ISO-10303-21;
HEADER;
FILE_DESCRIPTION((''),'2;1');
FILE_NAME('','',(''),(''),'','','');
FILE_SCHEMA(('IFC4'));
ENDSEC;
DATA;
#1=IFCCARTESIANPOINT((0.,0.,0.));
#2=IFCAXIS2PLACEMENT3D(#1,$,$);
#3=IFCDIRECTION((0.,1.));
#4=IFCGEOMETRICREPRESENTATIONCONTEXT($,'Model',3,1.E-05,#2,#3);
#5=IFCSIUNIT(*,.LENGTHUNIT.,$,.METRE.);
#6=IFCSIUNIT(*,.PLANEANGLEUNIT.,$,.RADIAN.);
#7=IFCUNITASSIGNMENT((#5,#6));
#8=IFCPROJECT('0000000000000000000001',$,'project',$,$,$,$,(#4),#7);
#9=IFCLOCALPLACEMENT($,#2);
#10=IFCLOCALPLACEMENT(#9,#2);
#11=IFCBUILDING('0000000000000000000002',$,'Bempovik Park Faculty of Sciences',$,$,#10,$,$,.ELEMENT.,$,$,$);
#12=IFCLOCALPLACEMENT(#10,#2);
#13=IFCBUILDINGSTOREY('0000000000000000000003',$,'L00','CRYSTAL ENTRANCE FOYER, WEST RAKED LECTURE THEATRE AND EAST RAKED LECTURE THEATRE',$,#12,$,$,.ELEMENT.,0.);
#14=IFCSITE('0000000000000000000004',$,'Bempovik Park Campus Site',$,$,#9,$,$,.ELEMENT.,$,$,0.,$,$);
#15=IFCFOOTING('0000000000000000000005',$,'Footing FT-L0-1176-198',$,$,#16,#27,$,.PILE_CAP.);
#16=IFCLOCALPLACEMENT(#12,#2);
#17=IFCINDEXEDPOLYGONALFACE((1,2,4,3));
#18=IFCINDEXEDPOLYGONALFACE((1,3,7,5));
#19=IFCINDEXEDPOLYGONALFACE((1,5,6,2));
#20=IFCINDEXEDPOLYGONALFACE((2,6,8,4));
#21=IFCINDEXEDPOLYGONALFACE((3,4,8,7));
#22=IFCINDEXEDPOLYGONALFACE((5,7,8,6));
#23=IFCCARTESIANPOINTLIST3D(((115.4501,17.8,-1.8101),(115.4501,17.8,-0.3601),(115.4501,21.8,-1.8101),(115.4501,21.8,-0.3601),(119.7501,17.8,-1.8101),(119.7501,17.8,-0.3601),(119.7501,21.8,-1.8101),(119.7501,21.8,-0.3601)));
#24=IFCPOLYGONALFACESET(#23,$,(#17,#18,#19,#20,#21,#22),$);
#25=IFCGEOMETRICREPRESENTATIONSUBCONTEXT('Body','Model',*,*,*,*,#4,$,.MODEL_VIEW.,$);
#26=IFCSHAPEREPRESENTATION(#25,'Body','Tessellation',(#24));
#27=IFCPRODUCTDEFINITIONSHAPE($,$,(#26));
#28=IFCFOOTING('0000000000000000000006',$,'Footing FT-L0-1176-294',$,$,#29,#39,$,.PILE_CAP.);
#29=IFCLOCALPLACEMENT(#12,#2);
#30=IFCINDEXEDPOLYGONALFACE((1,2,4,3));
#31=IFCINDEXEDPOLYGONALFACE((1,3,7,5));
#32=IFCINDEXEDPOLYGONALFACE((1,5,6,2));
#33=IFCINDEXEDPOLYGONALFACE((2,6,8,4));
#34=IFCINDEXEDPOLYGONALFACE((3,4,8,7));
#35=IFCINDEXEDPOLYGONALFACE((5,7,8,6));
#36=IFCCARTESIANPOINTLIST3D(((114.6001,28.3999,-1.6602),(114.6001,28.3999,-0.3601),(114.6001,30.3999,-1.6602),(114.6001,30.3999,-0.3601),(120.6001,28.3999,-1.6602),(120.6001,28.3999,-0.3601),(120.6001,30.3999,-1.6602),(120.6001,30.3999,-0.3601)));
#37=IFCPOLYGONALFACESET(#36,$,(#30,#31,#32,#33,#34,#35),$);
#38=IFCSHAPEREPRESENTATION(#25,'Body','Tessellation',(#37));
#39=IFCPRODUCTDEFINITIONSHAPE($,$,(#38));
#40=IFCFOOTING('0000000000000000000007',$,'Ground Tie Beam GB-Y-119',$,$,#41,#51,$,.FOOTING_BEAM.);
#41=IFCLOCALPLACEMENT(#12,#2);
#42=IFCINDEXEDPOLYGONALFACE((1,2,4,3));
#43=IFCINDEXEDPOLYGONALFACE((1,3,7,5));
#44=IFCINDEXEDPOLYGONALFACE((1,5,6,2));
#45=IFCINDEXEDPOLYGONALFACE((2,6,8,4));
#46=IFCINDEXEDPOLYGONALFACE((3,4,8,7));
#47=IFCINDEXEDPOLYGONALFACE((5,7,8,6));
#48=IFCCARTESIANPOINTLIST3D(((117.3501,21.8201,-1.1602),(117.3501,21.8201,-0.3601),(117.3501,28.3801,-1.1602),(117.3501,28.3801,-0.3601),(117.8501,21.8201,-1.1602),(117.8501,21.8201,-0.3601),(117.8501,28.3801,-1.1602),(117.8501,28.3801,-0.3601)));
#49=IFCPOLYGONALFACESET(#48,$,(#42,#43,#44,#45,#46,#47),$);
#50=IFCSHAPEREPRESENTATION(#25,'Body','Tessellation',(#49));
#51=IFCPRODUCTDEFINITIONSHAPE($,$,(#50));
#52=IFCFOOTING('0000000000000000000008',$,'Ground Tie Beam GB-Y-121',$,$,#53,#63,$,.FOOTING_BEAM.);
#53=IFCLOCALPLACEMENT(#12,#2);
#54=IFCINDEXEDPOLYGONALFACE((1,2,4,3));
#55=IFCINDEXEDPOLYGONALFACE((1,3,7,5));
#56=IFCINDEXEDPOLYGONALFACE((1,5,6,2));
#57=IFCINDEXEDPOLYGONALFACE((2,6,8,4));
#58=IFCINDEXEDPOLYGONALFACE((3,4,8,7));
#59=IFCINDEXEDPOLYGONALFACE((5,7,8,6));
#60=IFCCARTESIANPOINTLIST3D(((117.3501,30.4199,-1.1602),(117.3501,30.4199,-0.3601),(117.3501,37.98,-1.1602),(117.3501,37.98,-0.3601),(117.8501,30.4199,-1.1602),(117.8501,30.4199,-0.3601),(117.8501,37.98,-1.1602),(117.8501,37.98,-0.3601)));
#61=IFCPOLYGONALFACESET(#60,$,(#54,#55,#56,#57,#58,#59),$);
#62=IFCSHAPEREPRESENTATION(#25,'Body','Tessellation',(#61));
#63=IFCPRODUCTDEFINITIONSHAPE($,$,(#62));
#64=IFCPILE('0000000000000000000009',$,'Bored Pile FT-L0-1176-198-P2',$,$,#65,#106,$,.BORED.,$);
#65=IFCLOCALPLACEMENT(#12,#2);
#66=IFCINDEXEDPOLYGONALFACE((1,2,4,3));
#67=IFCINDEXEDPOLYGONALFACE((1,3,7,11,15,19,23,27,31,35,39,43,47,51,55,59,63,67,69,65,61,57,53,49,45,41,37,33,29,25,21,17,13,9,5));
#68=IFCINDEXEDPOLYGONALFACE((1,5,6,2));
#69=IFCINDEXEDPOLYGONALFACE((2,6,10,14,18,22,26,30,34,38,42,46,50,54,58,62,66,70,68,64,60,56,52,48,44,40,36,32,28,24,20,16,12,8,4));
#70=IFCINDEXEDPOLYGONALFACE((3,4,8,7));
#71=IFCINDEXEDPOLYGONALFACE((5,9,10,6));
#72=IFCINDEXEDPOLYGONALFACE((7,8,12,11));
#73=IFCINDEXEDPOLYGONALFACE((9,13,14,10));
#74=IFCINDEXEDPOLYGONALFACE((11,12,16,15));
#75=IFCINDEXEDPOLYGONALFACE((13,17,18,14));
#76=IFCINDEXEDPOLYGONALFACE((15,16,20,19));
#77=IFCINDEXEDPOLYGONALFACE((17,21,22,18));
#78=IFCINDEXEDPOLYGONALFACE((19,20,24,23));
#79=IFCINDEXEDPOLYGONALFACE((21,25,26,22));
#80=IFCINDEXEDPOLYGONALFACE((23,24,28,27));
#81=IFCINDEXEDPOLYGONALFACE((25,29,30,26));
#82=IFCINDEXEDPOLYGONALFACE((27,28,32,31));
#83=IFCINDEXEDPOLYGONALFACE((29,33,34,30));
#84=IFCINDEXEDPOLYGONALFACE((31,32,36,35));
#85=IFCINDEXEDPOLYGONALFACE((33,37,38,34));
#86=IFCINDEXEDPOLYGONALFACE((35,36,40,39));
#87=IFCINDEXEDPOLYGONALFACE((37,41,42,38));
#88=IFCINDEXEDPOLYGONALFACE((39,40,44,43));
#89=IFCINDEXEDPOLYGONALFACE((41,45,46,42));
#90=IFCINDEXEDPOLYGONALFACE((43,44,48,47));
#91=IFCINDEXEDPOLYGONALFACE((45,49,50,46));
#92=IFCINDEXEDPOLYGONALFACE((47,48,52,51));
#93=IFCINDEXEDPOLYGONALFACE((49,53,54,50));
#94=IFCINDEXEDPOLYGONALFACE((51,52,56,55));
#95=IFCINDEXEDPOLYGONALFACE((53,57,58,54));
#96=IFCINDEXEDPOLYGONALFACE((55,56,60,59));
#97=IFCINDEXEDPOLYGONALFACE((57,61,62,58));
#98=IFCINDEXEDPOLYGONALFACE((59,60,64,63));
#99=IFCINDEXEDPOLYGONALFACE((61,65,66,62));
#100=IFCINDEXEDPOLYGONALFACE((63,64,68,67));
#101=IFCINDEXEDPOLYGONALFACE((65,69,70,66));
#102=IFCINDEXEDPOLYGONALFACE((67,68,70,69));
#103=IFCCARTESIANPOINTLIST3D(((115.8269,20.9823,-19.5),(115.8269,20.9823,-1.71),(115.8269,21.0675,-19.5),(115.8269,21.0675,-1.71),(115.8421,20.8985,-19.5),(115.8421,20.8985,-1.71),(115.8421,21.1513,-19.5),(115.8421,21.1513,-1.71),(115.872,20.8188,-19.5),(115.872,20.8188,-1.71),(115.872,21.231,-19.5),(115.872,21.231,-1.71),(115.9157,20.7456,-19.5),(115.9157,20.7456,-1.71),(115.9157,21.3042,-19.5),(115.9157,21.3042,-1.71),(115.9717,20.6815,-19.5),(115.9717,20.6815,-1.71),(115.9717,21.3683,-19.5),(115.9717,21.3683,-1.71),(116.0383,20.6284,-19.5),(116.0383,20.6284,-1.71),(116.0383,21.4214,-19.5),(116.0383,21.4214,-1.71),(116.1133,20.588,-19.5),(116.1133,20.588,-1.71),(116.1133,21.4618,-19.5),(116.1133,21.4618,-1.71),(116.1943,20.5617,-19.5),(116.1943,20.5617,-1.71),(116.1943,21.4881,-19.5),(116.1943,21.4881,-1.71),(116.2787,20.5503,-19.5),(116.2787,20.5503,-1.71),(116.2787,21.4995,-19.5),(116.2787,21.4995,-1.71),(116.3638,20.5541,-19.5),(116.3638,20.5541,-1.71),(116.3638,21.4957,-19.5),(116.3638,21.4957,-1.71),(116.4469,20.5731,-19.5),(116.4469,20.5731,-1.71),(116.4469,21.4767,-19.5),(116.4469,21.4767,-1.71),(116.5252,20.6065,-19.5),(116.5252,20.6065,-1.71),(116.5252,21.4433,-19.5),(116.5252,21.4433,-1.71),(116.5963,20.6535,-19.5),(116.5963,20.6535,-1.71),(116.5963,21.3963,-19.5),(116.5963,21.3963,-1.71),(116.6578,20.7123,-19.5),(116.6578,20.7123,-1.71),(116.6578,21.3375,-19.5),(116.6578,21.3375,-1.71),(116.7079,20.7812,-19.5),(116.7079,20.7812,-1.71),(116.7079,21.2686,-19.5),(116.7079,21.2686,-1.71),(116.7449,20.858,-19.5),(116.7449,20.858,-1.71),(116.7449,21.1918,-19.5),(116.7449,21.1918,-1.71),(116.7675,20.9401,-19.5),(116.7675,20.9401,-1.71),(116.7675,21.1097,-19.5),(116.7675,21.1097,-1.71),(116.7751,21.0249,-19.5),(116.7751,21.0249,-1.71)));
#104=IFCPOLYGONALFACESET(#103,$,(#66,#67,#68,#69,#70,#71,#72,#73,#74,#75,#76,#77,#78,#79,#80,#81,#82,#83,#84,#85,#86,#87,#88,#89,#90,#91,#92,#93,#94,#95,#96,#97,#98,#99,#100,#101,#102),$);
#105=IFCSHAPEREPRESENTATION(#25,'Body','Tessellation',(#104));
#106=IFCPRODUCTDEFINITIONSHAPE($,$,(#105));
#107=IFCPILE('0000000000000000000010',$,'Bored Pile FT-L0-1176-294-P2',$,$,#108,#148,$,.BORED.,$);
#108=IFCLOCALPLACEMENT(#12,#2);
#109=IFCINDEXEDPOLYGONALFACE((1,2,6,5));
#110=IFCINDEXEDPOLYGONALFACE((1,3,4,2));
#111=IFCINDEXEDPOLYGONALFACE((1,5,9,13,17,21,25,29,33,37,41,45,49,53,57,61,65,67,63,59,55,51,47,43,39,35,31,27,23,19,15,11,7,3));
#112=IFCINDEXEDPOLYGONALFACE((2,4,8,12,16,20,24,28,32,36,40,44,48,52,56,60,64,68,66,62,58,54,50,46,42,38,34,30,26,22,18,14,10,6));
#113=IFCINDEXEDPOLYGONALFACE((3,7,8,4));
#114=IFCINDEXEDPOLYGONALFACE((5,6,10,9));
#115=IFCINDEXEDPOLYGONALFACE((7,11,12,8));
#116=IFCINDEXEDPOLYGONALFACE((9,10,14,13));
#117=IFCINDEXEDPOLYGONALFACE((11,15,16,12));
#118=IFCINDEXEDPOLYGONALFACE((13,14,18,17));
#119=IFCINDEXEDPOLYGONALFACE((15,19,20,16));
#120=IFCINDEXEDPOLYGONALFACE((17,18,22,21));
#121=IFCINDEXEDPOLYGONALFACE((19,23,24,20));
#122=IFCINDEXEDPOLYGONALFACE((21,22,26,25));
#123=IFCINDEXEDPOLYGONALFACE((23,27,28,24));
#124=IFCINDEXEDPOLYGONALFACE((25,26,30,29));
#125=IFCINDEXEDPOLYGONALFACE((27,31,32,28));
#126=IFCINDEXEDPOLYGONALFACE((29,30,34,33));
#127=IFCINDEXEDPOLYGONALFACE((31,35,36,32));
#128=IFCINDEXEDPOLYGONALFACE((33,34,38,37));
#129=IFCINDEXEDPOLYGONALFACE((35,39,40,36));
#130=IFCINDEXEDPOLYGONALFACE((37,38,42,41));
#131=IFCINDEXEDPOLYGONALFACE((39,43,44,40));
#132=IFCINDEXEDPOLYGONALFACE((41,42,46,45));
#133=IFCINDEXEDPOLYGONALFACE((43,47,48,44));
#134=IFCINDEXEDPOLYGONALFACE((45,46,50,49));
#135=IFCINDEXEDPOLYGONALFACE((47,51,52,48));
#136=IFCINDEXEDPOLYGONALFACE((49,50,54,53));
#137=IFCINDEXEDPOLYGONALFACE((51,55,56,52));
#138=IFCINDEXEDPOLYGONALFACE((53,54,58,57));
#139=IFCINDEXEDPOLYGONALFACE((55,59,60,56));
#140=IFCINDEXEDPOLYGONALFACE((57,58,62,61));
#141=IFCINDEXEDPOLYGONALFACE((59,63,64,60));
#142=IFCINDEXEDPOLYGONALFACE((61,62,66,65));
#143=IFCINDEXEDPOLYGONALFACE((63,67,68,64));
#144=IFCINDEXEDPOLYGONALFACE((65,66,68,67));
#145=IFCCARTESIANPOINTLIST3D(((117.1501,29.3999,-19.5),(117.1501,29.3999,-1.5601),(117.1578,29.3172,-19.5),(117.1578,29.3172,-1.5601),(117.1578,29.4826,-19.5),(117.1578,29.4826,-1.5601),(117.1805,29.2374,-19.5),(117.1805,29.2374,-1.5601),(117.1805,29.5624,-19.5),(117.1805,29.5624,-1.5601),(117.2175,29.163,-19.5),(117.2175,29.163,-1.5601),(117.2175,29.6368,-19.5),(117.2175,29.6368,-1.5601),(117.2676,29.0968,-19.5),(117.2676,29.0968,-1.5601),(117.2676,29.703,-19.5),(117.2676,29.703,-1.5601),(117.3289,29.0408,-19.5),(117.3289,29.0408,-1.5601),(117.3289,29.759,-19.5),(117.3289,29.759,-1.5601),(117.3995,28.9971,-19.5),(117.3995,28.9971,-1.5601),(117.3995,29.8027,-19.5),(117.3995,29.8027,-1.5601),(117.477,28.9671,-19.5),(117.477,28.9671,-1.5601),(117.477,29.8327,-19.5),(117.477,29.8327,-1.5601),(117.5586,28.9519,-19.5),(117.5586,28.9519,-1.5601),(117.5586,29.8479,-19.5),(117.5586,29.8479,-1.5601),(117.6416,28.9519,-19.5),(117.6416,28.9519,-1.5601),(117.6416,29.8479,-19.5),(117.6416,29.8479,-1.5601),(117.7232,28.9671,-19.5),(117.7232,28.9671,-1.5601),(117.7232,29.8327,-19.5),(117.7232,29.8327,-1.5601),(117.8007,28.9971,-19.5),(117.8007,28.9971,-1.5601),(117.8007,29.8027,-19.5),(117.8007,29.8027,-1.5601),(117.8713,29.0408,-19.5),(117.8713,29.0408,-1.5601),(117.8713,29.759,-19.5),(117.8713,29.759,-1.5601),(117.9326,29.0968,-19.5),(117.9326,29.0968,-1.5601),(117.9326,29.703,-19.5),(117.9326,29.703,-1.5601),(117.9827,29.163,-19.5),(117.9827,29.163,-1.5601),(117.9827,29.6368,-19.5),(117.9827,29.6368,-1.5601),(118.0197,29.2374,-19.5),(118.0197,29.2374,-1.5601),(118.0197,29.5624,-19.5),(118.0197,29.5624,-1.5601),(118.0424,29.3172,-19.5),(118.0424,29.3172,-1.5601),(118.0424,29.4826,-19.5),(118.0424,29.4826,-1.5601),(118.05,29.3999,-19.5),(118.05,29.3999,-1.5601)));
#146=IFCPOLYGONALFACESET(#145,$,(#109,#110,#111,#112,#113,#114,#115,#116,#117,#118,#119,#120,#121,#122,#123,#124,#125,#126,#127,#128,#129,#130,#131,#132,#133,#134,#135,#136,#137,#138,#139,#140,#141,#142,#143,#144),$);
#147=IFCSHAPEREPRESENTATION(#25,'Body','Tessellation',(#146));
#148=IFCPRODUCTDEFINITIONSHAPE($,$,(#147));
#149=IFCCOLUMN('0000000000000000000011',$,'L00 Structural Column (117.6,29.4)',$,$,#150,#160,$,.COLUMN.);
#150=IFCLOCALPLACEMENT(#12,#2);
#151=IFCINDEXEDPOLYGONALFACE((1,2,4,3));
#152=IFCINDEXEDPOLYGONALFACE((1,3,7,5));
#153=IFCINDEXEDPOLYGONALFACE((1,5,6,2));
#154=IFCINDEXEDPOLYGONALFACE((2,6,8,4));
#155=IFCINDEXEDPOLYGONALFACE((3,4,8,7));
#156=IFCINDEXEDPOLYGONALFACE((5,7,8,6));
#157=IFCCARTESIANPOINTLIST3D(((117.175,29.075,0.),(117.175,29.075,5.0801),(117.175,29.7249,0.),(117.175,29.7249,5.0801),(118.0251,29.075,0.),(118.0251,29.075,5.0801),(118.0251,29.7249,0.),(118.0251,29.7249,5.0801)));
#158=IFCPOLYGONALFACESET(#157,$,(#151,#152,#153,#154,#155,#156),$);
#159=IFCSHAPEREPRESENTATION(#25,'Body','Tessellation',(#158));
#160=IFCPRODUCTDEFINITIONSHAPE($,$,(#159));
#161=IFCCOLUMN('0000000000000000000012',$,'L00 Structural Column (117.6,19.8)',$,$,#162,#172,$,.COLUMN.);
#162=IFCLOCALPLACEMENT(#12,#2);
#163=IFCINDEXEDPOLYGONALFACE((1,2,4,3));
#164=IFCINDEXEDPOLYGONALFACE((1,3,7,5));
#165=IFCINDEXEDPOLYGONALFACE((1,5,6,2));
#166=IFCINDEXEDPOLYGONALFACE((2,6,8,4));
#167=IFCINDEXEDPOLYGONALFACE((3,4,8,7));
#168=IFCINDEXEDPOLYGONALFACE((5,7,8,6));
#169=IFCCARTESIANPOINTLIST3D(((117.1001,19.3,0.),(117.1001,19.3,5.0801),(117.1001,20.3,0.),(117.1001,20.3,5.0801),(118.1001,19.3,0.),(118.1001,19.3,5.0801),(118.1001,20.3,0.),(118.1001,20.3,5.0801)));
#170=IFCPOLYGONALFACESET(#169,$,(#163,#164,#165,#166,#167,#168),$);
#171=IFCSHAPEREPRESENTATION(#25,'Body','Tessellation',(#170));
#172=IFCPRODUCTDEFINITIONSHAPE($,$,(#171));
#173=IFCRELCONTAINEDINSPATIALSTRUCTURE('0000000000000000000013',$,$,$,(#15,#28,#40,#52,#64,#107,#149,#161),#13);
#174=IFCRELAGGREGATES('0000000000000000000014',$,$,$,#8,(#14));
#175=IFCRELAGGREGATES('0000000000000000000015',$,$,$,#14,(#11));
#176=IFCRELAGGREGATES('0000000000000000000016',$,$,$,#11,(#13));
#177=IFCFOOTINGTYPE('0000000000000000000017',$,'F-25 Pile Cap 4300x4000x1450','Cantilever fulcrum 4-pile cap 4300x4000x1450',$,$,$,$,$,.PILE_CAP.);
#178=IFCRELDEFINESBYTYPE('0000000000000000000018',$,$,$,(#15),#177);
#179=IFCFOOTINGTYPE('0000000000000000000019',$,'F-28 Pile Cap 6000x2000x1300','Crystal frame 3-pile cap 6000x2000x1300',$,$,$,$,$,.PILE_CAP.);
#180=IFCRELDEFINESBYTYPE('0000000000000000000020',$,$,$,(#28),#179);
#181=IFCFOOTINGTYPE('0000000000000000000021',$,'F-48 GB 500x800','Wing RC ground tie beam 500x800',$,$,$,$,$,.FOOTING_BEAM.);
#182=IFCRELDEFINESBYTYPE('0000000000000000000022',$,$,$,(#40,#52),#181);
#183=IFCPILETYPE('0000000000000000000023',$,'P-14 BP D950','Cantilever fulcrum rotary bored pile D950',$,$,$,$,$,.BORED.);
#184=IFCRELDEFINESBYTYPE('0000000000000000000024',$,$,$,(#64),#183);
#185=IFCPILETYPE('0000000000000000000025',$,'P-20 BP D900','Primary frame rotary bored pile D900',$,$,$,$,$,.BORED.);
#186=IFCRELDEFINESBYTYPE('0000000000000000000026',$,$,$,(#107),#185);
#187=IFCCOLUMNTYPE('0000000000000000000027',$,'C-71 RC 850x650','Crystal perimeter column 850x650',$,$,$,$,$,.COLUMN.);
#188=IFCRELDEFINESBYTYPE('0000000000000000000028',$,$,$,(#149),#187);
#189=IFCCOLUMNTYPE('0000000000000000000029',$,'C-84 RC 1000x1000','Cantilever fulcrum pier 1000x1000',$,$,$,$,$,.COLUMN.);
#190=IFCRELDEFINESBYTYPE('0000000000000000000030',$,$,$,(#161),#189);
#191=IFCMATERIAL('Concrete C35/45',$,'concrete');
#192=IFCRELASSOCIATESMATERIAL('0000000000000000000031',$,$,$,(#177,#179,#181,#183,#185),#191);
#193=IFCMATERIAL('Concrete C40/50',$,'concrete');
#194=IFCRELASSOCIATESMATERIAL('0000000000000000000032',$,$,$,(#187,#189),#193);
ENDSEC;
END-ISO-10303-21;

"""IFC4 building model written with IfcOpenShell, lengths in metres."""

from ifc_helpers import new_model, si_unit, direction, frame, origin, origin_2d, place, context, subcontext, project, spatial, rectangle, circle, extrude, material, material_profile, profile_set, type_object, element, save


model = new_model("IFC4")

# Units and contexts
model_context = context("Model", 3, precision=1e-05, world=origin(), true_north=direction((0.0, 1.0)))
body_context = subcontext(model_context, "Body", "Model", "MODEL_VIEW")
ifc_project = project(units=[si_unit("LENGTHUNIT", "METRE"), si_unit("PLANEANGLEUNIT", "RADIAN")], contexts=[model_context])

# Site, building, storey
site_placement = place(None, origin())
site = spatial("IfcSite", under=ifc_project, at=site_placement, Name="Bempovik Park Campus Site", CompositionType="ELEMENT", RefElevation=0.0)
building_placement = place(site_placement, origin())
building = spatial("IfcBuilding", under=site, at=building_placement, Name="Bempovik Park Faculty of Sciences", CompositionType="ELEMENT")
storey_placement = place(building_placement, origin())
storey = spatial("IfcBuildingStorey", under=building, at=storey_placement, Name="L00", Description="CRYSTAL ENTRANCE FOYER, WEST RAKED LECTURE THEATRE AND EAST RAKED LECTURE THEATRE", CompositionType="ELEMENT", Elevation=0.0)

# Footings
ifc_material_1 = material(Name="Concrete C35/45", Category="concrete")
footing_type_1 = type_object("IfcFootingType", Name="F-25 Pile Cap 4300x4000x1450", Description="Cantilever fulcrum 4-pile cap 4300x4000x1450", PredefinedType="PILE_CAP", material=ifc_material_1)
footing_1_placement = place(storey_placement, frame((117.6001, 19.8, -1.8101), z_axis=(0.0, 0.0, 1.0), x_axis=(1.0, 0.0, 0.0)))
element("IfcFooting", 1, at=footing_1_placement, inside=storey, type_object=footing_type_1, Name="Footing FT-L0-1176-198", PredefinedType="PILE_CAP", context=body_context, shape_type="SweptSolid", body=[
    extrude(rectangle(XDim=4.3, YDim=4.0, at=origin_2d()), origin(), (0.0, 0.0, 1.0), 1.45),
])
footing_type_2 = type_object("IfcFootingType", Name="F-28 Pile Cap 6000x2000x1300", Description="Crystal frame 3-pile cap 6000x2000x1300", PredefinedType="PILE_CAP", material=ifc_material_1)
footing_2_placement = place(storey_placement, frame((117.6001, 29.3999, -1.6602), z_axis=(0.0, 0.0, 1.0), x_axis=(1.0, 0.0, 0.0)))
element("IfcFooting", 2, at=footing_2_placement, inside=storey, type_object=footing_type_2, Name="Footing FT-L0-1176-294", PredefinedType="PILE_CAP", context=body_context, shape_type="SweptSolid", body=[
    extrude(rectangle(XDim=6.0, YDim=2.0, at=origin_2d()), origin(), (0.0, 0.0, 1.0), 1.3),
])
footing_type_3 = type_object("IfcFootingType", Name="F-48 GB 500x800", Description="Wing RC ground tie beam 500x800", PredefinedType="FOOTING_BEAM", material=ifc_material_1)
footing_3_placement = place(storey_placement, frame((117.6001, 25.1001, -1.1602), z_axis=(0.0, 0.0, 1.0), x_axis=(1.0, 0.0, 0.0)))
element("IfcFooting", 3, at=footing_3_placement, inside=storey, type_object=footing_type_3, Name="Ground Tie Beam GB-Y-119", PredefinedType="FOOTING_BEAM", context=body_context, shape_type="SweptSolid", body=[
    extrude(rectangle(XDim=0.5, YDim=6.5601, at=origin_2d()), origin(), (0.0, 0.0, 1.0), 0.8),
])
footing_4_placement = place(storey_placement, frame((117.6001, 34.2, -1.1602), z_axis=(0.0, 0.0, 1.0), x_axis=(1.0, 0.0, 0.0)))
element("IfcFooting", 4, at=footing_4_placement, inside=storey, type_object=footing_type_3, Name="Ground Tie Beam GB-Y-121", PredefinedType="FOOTING_BEAM", context=body_context, shape_type="SweptSolid", body=[
    extrude(rectangle(XDim=0.5, YDim=7.5601, at=origin_2d()), origin(), (0.0, 0.0, 1.0), 0.8),
])

# Piles
ifc_material_profile_1 = material_profile(ifc_material_1, circle(Radius=0.4751, at=origin_2d()), Name="BP D950")
ifc_profile_set_1 = profile_set([ifc_material_profile_1], Name="Concrete C35/45")
pile_type_1 = type_object("IfcPileType", Name="P-14 BP D950", Description="Cantilever fulcrum rotary bored pile D950", PredefinedType="BORED", material=ifc_profile_set_1)
pile_1_placement = place(storey_placement, frame((116.3, 21.0249, -1.71), z_axis=(0.0, 0.0, -1.0), x_axis=(1.0, 0.0, 0.0)))
element("IfcPile", 5, at=pile_1_placement, inside=storey, type_object=pile_type_1, Name="Bored Pile FT-L0-1176-198-P2", PredefinedType="BORED", context=body_context, shape_type="SweptSolid", body=[
    extrude(circle(Radius=0.4751, at=origin_2d()), origin(), (0.0, 0.0, 1.0), 17.79),
])
ifc_material_profile_2 = material_profile(ifc_material_1, circle(Radius=0.45, at=origin_2d()), Name="BP D900")
ifc_profile_set_2 = profile_set([ifc_material_profile_2], Name="Concrete C35/45")
pile_type_2 = type_object("IfcPileType", Name="P-20 BP D900", Description="Primary frame rotary bored pile D900", PredefinedType="BORED", material=ifc_profile_set_2)
pile_2_placement = place(storey_placement, frame((117.6001, 29.3999, -1.5601), z_axis=(0.0, 0.0, -1.0), x_axis=(1.0, 0.0, 0.0)))
element("IfcPile", 6, at=pile_2_placement, inside=storey, type_object=pile_type_2, Name="Bored Pile FT-L0-1176-294-P2", PredefinedType="BORED", context=body_context, shape_type="SweptSolid", body=[
    extrude(circle(Radius=0.45, at=origin_2d()), origin(), (0.0, 0.0, 1.0), 17.9399),
])

# Columns
ifc_material_2 = material(Name="Concrete C40/50", Category="concrete")
ifc_material_profile_3 = material_profile(ifc_material_2, rectangle(XDim=0.8501, YDim=0.6499, at=origin_2d()), Name="RC 850x650")
ifc_profile_set_3 = profile_set([ifc_material_profile_3], Name="Concrete C40/50")
column_type_1 = type_object("IfcColumnType", Name="C-71 RC 850x650", Description="Crystal perimeter column 850x650", PredefinedType="COLUMN", material=ifc_profile_set_3)
column_1_placement = place(storey_placement, frame((117.6001, 29.3999, 0.0), z_axis=(0.0, 0.0, 1.0), x_axis=(1.0, 0.0, 0.0)))
element("IfcColumn", 7, at=column_1_placement, inside=storey, type_object=column_type_1, Name="L00 Structural Column (117.6,29.4)", PredefinedType="COLUMN", context=body_context, shape_type="SweptSolid", body=[
    extrude(rectangle(XDim=0.8501, YDim=0.6499, at=origin_2d()), origin(), (0.0, 0.0, 1.0), 5.0801),
])
ifc_material_profile_4 = material_profile(ifc_material_2, rectangle(XDim=1.0, YDim=1.0, at=origin_2d()), Name="RC 1000x1000")
ifc_profile_set_4 = profile_set([ifc_material_profile_4], Name="Concrete C40/50")
column_type_2 = type_object("IfcColumnType", Name="C-84 RC 1000x1000", Description="Cantilever fulcrum pier 1000x1000", PredefinedType="COLUMN", material=ifc_profile_set_4)
column_2_placement = place(storey_placement, frame((117.6001, 19.8, 0.0), z_axis=(0.0, 0.0, 1.0), x_axis=(1.0, 0.0, 0.0)))
element("IfcColumn", 8, at=column_2_placement, inside=storey, type_object=column_type_2, Name="L00 Structural Column (117.6,19.8)", PredefinedType="COLUMN", context=body_context, shape_type="SweptSolid", body=[
    extrude(rectangle(XDim=1.0, YDim=1.0, at=origin_2d()), origin(), (0.0, 0.0, 1.0), 5.0801),
])

save(model, "model.ifc")
